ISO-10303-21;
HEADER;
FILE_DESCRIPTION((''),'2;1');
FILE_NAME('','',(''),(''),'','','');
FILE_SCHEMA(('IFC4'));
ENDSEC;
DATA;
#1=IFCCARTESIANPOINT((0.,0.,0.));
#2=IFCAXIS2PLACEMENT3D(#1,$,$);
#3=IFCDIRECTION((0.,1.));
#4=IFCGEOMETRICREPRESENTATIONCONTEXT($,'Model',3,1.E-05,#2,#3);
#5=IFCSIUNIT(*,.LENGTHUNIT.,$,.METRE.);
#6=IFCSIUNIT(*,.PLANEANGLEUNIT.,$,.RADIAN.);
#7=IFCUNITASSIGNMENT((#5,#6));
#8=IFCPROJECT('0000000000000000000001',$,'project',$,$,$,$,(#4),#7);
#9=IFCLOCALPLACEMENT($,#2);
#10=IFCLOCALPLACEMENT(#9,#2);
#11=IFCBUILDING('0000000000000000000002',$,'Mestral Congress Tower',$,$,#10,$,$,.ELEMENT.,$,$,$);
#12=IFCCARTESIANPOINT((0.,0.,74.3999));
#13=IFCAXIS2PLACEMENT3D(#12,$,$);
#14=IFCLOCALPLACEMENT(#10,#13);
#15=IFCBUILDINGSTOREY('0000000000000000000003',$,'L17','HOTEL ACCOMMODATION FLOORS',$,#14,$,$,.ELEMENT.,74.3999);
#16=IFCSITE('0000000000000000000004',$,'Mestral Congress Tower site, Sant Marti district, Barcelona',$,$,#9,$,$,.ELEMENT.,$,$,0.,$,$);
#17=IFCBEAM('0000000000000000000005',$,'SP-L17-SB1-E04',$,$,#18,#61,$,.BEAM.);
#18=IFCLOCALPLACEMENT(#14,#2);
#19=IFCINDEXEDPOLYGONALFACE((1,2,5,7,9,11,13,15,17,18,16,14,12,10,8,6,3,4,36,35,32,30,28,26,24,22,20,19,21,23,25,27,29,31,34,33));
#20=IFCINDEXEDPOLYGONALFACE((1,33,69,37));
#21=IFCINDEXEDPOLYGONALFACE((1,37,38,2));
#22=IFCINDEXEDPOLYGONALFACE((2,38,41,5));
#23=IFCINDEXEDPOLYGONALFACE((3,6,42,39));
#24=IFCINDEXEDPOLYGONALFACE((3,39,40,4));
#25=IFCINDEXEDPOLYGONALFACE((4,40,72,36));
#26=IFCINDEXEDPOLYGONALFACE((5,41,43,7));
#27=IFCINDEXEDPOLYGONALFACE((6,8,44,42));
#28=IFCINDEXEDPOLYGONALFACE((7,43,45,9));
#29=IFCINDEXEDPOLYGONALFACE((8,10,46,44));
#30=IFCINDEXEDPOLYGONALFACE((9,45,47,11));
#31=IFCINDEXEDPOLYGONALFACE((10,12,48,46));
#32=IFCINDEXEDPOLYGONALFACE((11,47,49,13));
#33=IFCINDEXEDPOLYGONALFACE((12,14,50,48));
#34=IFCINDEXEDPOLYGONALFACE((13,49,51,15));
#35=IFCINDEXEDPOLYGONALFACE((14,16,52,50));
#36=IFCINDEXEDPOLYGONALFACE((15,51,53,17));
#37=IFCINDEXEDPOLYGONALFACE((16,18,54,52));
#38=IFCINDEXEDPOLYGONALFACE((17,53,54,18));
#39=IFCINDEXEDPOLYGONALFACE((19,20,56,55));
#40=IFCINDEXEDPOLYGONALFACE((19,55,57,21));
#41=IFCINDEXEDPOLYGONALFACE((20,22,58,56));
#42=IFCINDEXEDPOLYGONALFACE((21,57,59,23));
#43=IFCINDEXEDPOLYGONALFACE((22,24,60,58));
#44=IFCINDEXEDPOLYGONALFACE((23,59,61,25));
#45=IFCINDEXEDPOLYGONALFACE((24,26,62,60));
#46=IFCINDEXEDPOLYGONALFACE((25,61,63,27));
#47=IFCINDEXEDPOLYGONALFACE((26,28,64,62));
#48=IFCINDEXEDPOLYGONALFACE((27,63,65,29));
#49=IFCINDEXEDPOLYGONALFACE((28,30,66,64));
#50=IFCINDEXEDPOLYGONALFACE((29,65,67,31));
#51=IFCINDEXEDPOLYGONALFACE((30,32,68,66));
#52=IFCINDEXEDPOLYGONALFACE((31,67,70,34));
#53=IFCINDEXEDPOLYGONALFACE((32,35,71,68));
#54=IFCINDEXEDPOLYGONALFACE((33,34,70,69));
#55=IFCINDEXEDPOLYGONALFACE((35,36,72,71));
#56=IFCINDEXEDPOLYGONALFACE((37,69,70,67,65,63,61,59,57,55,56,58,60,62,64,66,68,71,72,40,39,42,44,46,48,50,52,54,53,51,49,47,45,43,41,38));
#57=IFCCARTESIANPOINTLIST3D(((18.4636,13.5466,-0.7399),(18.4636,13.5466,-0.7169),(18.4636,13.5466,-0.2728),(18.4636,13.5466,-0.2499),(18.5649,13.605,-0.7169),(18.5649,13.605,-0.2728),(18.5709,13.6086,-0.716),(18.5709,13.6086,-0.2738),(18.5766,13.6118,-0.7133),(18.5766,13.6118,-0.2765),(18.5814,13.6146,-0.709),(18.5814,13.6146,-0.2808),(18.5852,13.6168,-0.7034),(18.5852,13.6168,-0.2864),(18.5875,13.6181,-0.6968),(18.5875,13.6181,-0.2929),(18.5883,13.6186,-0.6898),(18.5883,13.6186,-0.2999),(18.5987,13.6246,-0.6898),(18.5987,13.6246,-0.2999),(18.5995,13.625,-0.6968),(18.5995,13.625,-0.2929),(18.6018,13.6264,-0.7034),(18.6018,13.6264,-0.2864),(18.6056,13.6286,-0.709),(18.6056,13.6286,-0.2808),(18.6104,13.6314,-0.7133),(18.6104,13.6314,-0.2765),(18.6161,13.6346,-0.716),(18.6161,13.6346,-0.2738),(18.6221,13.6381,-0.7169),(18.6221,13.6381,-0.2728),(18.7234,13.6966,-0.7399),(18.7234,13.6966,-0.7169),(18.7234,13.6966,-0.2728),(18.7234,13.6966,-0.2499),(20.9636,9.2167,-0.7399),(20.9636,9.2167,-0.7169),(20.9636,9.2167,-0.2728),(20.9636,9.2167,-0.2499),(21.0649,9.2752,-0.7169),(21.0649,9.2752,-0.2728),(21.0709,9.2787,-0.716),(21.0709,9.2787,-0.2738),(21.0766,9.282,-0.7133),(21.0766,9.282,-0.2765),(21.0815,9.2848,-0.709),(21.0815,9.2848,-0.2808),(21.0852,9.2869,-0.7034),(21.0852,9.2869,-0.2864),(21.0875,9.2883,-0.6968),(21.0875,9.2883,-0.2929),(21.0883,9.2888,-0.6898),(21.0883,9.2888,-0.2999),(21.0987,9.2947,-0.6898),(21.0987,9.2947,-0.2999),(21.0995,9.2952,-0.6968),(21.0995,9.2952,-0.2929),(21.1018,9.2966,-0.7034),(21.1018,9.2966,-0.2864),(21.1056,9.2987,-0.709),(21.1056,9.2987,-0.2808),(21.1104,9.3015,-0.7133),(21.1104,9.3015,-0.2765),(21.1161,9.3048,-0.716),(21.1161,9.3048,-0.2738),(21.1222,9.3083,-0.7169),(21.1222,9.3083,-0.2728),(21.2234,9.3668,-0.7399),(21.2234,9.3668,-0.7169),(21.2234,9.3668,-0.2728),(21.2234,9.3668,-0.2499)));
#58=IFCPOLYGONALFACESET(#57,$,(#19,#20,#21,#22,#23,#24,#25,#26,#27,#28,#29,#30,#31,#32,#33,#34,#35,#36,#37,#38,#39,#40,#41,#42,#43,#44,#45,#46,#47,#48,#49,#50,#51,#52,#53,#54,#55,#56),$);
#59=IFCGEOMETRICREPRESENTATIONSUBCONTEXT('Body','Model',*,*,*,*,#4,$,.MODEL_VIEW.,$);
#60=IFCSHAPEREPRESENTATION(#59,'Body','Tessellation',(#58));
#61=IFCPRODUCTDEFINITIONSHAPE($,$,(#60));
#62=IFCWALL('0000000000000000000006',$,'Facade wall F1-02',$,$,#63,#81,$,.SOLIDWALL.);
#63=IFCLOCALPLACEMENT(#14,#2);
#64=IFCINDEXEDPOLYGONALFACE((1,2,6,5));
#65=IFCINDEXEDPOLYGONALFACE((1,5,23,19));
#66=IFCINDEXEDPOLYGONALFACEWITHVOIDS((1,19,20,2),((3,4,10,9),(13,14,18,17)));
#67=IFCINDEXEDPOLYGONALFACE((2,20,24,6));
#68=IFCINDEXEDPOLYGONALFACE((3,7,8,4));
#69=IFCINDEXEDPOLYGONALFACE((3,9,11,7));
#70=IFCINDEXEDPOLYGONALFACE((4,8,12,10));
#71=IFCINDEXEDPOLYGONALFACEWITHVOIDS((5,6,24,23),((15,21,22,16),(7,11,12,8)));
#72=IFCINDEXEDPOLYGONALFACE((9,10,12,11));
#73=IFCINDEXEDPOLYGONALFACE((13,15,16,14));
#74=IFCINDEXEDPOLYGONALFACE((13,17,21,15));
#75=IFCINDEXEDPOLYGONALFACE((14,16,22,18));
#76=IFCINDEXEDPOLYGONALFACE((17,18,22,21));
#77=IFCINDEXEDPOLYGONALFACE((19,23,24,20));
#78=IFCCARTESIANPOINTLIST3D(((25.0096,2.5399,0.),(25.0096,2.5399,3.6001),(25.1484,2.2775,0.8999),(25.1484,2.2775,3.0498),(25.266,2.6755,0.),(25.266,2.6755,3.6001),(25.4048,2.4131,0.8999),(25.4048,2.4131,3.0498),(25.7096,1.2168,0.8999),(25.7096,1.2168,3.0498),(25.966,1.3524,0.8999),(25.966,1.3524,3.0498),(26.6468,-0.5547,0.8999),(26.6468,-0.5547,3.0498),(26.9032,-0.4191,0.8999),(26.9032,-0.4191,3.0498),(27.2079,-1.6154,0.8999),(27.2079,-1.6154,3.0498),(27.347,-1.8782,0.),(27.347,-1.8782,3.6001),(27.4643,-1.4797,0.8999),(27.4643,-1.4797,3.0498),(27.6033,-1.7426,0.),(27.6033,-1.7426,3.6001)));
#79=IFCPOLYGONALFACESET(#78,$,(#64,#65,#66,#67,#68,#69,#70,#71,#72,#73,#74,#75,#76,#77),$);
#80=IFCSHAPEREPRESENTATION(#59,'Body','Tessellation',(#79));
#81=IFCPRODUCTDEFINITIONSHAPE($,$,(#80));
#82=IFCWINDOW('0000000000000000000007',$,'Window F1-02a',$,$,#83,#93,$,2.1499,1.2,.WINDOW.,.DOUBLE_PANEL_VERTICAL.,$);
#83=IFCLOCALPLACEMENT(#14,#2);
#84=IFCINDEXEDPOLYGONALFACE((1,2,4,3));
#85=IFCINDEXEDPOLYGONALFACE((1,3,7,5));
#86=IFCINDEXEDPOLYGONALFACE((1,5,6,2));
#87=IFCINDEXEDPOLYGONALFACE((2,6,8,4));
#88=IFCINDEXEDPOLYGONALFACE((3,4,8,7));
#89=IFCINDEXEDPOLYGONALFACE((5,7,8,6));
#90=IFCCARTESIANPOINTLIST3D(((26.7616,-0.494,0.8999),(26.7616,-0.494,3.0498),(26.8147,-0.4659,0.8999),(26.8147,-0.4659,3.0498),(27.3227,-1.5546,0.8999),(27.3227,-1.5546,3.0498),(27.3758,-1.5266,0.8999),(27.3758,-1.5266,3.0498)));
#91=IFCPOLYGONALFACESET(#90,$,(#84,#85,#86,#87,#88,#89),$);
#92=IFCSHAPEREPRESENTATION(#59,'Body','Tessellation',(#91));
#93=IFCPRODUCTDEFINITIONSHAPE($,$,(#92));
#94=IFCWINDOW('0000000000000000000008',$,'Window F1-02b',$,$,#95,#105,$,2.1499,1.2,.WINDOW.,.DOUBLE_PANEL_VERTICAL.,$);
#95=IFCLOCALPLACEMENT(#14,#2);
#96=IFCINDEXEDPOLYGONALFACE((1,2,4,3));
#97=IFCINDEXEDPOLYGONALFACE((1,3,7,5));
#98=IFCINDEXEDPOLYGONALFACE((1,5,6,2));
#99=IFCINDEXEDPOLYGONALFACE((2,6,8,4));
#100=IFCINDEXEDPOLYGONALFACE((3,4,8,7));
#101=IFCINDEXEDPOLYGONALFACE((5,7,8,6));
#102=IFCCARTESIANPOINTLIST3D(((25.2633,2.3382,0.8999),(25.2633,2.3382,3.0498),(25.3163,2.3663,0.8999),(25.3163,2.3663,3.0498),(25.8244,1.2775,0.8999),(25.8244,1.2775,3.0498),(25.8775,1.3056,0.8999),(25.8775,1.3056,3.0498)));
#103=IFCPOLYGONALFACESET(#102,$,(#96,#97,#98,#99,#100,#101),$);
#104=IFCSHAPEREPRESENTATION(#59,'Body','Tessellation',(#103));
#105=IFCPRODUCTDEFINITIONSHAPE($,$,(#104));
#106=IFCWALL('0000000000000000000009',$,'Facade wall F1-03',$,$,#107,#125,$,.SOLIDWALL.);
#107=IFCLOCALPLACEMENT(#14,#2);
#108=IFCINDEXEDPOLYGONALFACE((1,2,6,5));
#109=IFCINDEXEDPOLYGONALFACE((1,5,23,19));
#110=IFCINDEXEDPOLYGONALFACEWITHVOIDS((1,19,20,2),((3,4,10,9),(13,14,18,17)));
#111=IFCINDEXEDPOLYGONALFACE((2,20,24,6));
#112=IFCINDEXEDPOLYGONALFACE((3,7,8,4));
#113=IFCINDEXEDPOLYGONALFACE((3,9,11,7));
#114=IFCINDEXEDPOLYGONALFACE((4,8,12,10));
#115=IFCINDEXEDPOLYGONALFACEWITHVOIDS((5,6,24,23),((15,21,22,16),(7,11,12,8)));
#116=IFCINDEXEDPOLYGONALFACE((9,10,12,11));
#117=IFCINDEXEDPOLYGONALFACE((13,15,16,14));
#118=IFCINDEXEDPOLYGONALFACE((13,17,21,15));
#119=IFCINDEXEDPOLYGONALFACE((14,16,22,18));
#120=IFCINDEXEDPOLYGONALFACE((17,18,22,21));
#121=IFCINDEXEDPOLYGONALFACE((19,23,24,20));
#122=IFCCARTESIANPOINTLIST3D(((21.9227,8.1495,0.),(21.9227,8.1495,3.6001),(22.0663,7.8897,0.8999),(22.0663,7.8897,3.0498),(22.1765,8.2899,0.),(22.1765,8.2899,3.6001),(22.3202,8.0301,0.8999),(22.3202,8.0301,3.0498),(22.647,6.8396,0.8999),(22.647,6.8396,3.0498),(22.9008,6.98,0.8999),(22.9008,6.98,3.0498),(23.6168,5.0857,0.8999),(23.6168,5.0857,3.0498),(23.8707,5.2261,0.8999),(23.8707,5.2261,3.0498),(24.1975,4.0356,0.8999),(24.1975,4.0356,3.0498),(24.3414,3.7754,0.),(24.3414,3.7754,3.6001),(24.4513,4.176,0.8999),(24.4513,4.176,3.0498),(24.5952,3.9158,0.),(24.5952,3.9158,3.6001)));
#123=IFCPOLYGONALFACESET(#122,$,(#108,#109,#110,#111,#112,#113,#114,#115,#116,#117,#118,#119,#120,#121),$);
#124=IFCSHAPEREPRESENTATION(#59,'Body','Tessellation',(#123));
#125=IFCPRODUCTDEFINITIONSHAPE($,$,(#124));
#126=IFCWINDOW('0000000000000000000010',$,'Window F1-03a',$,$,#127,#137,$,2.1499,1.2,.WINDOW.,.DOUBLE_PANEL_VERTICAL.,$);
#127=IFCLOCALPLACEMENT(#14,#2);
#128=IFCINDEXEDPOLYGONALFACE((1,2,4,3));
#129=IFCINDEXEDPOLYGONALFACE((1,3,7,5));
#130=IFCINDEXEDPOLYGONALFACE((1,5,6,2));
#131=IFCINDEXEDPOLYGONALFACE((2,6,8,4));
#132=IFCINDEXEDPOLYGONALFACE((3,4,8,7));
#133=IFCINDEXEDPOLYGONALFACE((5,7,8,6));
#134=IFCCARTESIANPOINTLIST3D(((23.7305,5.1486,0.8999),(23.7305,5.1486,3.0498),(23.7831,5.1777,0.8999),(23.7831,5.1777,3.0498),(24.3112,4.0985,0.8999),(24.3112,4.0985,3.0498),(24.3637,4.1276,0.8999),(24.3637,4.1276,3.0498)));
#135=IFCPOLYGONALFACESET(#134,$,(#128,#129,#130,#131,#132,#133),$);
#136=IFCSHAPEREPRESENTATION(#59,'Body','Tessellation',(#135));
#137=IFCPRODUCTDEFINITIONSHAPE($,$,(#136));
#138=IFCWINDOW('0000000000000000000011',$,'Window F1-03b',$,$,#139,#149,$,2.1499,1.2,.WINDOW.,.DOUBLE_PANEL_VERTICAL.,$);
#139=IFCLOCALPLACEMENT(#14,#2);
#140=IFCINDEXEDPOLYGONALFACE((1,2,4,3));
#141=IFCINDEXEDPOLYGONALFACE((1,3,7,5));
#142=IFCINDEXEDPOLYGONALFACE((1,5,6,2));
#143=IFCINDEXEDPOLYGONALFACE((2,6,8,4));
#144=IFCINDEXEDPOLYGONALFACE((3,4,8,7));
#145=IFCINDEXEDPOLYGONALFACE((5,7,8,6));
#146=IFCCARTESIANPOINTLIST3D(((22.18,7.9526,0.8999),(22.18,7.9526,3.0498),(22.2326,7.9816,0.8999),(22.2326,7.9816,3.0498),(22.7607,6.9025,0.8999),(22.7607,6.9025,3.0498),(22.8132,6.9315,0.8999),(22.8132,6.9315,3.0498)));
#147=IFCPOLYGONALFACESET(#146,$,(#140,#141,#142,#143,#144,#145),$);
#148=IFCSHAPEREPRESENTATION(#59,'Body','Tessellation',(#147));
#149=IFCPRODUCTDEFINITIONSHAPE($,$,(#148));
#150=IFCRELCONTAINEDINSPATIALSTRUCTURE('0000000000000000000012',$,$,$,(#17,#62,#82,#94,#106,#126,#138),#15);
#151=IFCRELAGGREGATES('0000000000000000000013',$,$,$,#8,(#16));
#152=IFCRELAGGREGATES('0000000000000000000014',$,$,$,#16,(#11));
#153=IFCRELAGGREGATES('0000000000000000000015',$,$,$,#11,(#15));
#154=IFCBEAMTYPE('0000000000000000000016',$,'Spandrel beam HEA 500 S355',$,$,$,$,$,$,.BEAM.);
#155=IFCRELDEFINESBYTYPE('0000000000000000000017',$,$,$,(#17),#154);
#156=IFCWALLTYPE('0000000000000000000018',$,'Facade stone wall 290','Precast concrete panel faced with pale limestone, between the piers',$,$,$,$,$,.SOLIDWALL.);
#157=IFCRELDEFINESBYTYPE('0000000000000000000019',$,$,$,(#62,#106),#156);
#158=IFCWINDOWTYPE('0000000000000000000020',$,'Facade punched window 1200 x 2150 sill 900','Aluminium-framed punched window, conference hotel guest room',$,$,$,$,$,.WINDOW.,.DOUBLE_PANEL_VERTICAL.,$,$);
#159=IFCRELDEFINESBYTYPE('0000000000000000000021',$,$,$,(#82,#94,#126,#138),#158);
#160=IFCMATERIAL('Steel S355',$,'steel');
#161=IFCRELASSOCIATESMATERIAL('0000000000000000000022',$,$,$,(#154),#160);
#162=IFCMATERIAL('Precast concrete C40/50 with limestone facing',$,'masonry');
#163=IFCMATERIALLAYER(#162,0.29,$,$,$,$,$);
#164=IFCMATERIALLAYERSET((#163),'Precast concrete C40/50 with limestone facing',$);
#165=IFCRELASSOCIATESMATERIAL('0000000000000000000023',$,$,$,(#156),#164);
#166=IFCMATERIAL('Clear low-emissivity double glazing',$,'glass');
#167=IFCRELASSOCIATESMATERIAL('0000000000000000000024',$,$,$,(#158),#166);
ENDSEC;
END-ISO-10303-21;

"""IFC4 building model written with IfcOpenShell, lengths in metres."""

from ifc_helpers import new_model, si_unit, direction, frame, frame_2d, origin, origin_2d, place, context, subcontext, project, spatial, rectangle, i_section, extrude, material, layer, layer_set, material_profile, profile_set, type_object, element, fill, save


model = new_model("IFC4")

# Units and contexts
model_context = context("Model", 3, precision=1e-05, world=origin(), true_north=direction((0.0, 1.0)))
body_context = subcontext(model_context, "Body", "Model", "MODEL_VIEW")
ifc_project = project(units=[si_unit("LENGTHUNIT", "METRE"), si_unit("PLANEANGLEUNIT", "RADIAN")], contexts=[model_context])

# Site, building, storey
site_placement = place(None, origin())
site = spatial("IfcSite", under=ifc_project, at=site_placement, Name="Mestral Congress Tower site, Sant Marti district, Barcelona", CompositionType="ELEMENT", RefElevation=0.0)
building_placement = place(site_placement, origin())
building = spatial("IfcBuilding", under=site, at=building_placement, Name="Mestral Congress Tower", CompositionType="ELEMENT")
storey_placement = place(building_placement, frame((0.0, 0.0, 74.3999)))
storey = spatial("IfcBuildingStorey", under=building, at=storey_placement, Name="L17", Description="HOTEL ACCOMMODATION FLOORS", CompositionType="ELEMENT", Elevation=74.3999)

# Beam
ifc_material_1 = material(Name="Steel S355", Category="steel")
ifc_material_profile_1 = material_profile(ifc_material_1, i_section(OverallWidth=0.3, OverallDepth=0.49, WebThickness=0.012, FlangeThickness=0.0229, FilletRadius=0.0271, at=origin_2d()), Name="HEA 500")
ifc_profile_set_1 = profile_set([ifc_material_profile_1], Name="Steel S355")
beam_type_1 = type_object("IfcBeamType", Name="Spandrel beam HEA 500 S355", PredefinedType="BEAM", material=ifc_profile_set_1)
for number, where, z_axis, x_axis, name in (
    (1, (21.0935, 9.2917, -0.4949), (-0.500025, 0.866011, 0.0), (-0.866011, -0.500025, 0.0), "SP-L17-SB1-E04"),
):
    element("IfcBeam", number, at=place(storey_placement, frame(where, z_axis=z_axis, x_axis=x_axis)), inside=storey, type_object=beam_type_1, Name=name, PredefinedType="BEAM", context=body_context, shape_type="SweptSolid", body=[
        extrude(i_section(OverallWidth=0.3, OverallDepth=0.49, WebThickness=0.012, FlangeThickness=0.0229, FilletRadius=0.0271, at=origin_2d()), origin(), (0.0, 0.0, 1.0), 4.9998),
    ])

# Walls, openings, windows
ifc_material_2 = material(Name="Precast concrete C40/50 with limestone facing", Category="masonry")
ifc_layer_1 = layer(ifc_material_2, 0.29)
ifc_layer_set_1 = layer_set([ifc_layer_1], Name="Precast concrete C40/50 with limestone facing")
wall_type_1 = type_object("IfcWallType", Name="Facade stone wall 290", Description="Precast concrete panel faced with pale limestone, between the piers", PredefinedType="SOLIDWALL", material=ifc_layer_set_1)
wall_1_placement = place(storey_placement, frame((27.4751, -1.8103, 0.0), z_axis=(0.0, 0.0, 1.0), x_axis=(-0.46763, 0.883925, 0.0)))
wall_1 = element("IfcWall", 2, at=wall_1_placement, inside=storey, type_object=wall_type_1, Name="Facade wall F1-02", PredefinedType="SOLIDWALL", context=body_context, shape_type="SweptSolid", body=[
    extrude(rectangle(XDim=4.9983, YDim=0.29, at=frame_2d((2.499, 0.0))), origin(), (0.0, 0.0, 1.0), 3.6001),
])
opening_1_placement = place(wall_1_placement, frame((0.2971, 0.0, 0.8999)))
opening_1 = element("IfcOpeningElement", 3, at=opening_1_placement, cuts=wall_1, PredefinedType="OPENING", context=body_context, shape_type="SweptSolid", body=[
    extrude(rectangle(XDim=1.2, YDim=2.1499, at=frame_2d((0.6001, 1.075))), frame((0.0, 0.155, 0.0), z_axis=(0.0, -1.0, 0.0), x_axis=(1.0, 0.0, 0.0)), (0.0, 0.0, 1.0), 0.3101),
])
opening_2_placement = place(wall_1_placement, frame((3.5012, 0.0, 0.8999)))
opening_2 = element("IfcOpeningElement", 4, at=opening_2_placement, cuts=wall_1, PredefinedType="OPENING", context=body_context, shape_type="SweptSolid", body=[
    extrude(rectangle(XDim=1.2, YDim=2.1499, at=frame_2d((0.6001, 1.075))), frame((0.0, 0.155, 0.0), z_axis=(0.0, -1.0, 0.0), x_axis=(1.0, 0.0, 0.0)), (0.0, 0.0, 1.0), 0.3101),
])
ifc_material_3 = material(Name="Clear low-emissivity double glazing", Category="glass")
window_type = type_object("IfcWindowType", Name="Facade punched window 1200 x 2150 sill 900", Description="Aluminium-framed punched window, conference hotel guest room", PartitioningType="DOUBLE_PANEL_VERTICAL", PredefinedType="WINDOW", material=ifc_material_3)
window_1_placement = place(opening_1_placement, origin())
window_1 = element("IfcWindow", 5, at=window_1_placement, inside=storey, type_object=window_type, Name="Window F1-02a", OverallHeight=2.1499, OverallWidth=1.2, PartitioningType="DOUBLE_PANEL_VERTICAL", PredefinedType="WINDOW", context=body_context, shape_type="SweptSolid", body=[
    extrude(rectangle(XDim=1.2, YDim=2.1499, at=frame_2d((0.6001, 1.075))), frame((0.0, 0.0151, 0.0), z_axis=(0.0, -1.0, 0.0), x_axis=(1.0, 0.0, 0.0)), (0.0, 0.0, 1.0), 0.0601),
])
fill(opening_1, window_1)
window_2_placement = place(opening_2_placement, origin())
window_2 = element("IfcWindow", 6, at=window_2_placement, inside=storey, type_object=window_type, Name="Window F1-02b", OverallHeight=2.1499, OverallWidth=1.2, PartitioningType="DOUBLE_PANEL_VERTICAL", PredefinedType="WINDOW", context=body_context, shape_type="SweptSolid", body=[
    extrude(rectangle(XDim=1.2, YDim=2.1499, at=frame_2d((0.6001, 1.075))), frame((0.0, 0.0151, 0.0), z_axis=(0.0, -1.0, 0.0), x_axis=(1.0, 0.0, 0.0)), (0.0, 0.0, 1.0), 0.0601),
])
fill(opening_2, window_2)
wall_2_placement = place(storey_placement, frame((24.4683, 3.8457, 0.0), z_axis=(0.0, 0.0, 1.0), x_axis=(-0.483913, 0.875116, 0.0)))
wall_2 = element("IfcWall", 7, at=wall_2_placement, inside=storey, type_object=wall_type_1, Name="Facade wall F1-03", PredefinedType="SOLIDWALL", context=body_context, shape_type="SweptSolid", body=[
    extrude(rectangle(XDim=4.9983, YDim=0.29, at=frame_2d((2.499, 0.0))), origin(), (0.0, 0.0, 1.0), 3.6001),
])
opening_3_placement = place(wall_2_placement, frame((0.2971, 0.0, 0.8999)))
opening_3 = element("IfcOpeningElement", 8, at=opening_3_placement, cuts=wall_2, PredefinedType="OPENING", context=body_context, shape_type="SweptSolid", body=[
    extrude(rectangle(XDim=1.2, YDim=2.1499, at=frame_2d((0.6001, 1.075))), frame((0.0, 0.155, 0.0), z_axis=(0.0, -1.0, 0.0), x_axis=(1.0, 0.0, 0.0)), (0.0, 0.0, 1.0), 0.3101),
])
opening_4_placement = place(wall_2_placement, frame((3.5012, 0.0, 0.8999)))
opening_4 = element("IfcOpeningElement", 9, at=opening_4_placement, cuts=wall_2, PredefinedType="OPENING", context=body_context, shape_type="SweptSolid", body=[
    extrude(rectangle(XDim=1.2, YDim=2.1499, at=frame_2d((0.6001, 1.075))), frame((0.0, 0.155, 0.0), z_axis=(0.0, -1.0, 0.0), x_axis=(1.0, 0.0, 0.0)), (0.0, 0.0, 1.0), 0.3101),
])
window_3_placement = place(opening_3_placement, origin())
window_3 = element("IfcWindow", 10, at=window_3_placement, inside=storey, type_object=window_type, Name="Window F1-03a", OverallHeight=2.1499, OverallWidth=1.2, PartitioningType="DOUBLE_PANEL_VERTICAL", PredefinedType="WINDOW", context=body_context, shape_type="SweptSolid", body=[
    extrude(rectangle(XDim=1.2, YDim=2.1499, at=frame_2d((0.6001, 1.075))), frame((0.0, 0.0151, 0.0), z_axis=(0.0, -1.0, 0.0), x_axis=(1.0, 0.0, 0.0)), (0.0, 0.0, 1.0), 0.0601),
])
fill(opening_3, window_3)
window_4_placement = place(opening_4_placement, origin())
window_4 = element("IfcWindow", 11, at=window_4_placement, inside=storey, type_object=window_type, Name="Window F1-03b", OverallHeight=2.1499, OverallWidth=1.2, PartitioningType="DOUBLE_PANEL_VERTICAL", PredefinedType="WINDOW", context=body_context, shape_type="SweptSolid", body=[
    extrude(rectangle(XDim=1.2, YDim=2.1499, at=frame_2d((0.6001, 1.075))), frame((0.0, 0.0151, 0.0), z_axis=(0.0, -1.0, 0.0), x_axis=(1.0, 0.0, 0.0)), (0.0, 0.0, 1.0), 0.0601),
])
fill(opening_4, window_4)

save(model, "model.ifc")
